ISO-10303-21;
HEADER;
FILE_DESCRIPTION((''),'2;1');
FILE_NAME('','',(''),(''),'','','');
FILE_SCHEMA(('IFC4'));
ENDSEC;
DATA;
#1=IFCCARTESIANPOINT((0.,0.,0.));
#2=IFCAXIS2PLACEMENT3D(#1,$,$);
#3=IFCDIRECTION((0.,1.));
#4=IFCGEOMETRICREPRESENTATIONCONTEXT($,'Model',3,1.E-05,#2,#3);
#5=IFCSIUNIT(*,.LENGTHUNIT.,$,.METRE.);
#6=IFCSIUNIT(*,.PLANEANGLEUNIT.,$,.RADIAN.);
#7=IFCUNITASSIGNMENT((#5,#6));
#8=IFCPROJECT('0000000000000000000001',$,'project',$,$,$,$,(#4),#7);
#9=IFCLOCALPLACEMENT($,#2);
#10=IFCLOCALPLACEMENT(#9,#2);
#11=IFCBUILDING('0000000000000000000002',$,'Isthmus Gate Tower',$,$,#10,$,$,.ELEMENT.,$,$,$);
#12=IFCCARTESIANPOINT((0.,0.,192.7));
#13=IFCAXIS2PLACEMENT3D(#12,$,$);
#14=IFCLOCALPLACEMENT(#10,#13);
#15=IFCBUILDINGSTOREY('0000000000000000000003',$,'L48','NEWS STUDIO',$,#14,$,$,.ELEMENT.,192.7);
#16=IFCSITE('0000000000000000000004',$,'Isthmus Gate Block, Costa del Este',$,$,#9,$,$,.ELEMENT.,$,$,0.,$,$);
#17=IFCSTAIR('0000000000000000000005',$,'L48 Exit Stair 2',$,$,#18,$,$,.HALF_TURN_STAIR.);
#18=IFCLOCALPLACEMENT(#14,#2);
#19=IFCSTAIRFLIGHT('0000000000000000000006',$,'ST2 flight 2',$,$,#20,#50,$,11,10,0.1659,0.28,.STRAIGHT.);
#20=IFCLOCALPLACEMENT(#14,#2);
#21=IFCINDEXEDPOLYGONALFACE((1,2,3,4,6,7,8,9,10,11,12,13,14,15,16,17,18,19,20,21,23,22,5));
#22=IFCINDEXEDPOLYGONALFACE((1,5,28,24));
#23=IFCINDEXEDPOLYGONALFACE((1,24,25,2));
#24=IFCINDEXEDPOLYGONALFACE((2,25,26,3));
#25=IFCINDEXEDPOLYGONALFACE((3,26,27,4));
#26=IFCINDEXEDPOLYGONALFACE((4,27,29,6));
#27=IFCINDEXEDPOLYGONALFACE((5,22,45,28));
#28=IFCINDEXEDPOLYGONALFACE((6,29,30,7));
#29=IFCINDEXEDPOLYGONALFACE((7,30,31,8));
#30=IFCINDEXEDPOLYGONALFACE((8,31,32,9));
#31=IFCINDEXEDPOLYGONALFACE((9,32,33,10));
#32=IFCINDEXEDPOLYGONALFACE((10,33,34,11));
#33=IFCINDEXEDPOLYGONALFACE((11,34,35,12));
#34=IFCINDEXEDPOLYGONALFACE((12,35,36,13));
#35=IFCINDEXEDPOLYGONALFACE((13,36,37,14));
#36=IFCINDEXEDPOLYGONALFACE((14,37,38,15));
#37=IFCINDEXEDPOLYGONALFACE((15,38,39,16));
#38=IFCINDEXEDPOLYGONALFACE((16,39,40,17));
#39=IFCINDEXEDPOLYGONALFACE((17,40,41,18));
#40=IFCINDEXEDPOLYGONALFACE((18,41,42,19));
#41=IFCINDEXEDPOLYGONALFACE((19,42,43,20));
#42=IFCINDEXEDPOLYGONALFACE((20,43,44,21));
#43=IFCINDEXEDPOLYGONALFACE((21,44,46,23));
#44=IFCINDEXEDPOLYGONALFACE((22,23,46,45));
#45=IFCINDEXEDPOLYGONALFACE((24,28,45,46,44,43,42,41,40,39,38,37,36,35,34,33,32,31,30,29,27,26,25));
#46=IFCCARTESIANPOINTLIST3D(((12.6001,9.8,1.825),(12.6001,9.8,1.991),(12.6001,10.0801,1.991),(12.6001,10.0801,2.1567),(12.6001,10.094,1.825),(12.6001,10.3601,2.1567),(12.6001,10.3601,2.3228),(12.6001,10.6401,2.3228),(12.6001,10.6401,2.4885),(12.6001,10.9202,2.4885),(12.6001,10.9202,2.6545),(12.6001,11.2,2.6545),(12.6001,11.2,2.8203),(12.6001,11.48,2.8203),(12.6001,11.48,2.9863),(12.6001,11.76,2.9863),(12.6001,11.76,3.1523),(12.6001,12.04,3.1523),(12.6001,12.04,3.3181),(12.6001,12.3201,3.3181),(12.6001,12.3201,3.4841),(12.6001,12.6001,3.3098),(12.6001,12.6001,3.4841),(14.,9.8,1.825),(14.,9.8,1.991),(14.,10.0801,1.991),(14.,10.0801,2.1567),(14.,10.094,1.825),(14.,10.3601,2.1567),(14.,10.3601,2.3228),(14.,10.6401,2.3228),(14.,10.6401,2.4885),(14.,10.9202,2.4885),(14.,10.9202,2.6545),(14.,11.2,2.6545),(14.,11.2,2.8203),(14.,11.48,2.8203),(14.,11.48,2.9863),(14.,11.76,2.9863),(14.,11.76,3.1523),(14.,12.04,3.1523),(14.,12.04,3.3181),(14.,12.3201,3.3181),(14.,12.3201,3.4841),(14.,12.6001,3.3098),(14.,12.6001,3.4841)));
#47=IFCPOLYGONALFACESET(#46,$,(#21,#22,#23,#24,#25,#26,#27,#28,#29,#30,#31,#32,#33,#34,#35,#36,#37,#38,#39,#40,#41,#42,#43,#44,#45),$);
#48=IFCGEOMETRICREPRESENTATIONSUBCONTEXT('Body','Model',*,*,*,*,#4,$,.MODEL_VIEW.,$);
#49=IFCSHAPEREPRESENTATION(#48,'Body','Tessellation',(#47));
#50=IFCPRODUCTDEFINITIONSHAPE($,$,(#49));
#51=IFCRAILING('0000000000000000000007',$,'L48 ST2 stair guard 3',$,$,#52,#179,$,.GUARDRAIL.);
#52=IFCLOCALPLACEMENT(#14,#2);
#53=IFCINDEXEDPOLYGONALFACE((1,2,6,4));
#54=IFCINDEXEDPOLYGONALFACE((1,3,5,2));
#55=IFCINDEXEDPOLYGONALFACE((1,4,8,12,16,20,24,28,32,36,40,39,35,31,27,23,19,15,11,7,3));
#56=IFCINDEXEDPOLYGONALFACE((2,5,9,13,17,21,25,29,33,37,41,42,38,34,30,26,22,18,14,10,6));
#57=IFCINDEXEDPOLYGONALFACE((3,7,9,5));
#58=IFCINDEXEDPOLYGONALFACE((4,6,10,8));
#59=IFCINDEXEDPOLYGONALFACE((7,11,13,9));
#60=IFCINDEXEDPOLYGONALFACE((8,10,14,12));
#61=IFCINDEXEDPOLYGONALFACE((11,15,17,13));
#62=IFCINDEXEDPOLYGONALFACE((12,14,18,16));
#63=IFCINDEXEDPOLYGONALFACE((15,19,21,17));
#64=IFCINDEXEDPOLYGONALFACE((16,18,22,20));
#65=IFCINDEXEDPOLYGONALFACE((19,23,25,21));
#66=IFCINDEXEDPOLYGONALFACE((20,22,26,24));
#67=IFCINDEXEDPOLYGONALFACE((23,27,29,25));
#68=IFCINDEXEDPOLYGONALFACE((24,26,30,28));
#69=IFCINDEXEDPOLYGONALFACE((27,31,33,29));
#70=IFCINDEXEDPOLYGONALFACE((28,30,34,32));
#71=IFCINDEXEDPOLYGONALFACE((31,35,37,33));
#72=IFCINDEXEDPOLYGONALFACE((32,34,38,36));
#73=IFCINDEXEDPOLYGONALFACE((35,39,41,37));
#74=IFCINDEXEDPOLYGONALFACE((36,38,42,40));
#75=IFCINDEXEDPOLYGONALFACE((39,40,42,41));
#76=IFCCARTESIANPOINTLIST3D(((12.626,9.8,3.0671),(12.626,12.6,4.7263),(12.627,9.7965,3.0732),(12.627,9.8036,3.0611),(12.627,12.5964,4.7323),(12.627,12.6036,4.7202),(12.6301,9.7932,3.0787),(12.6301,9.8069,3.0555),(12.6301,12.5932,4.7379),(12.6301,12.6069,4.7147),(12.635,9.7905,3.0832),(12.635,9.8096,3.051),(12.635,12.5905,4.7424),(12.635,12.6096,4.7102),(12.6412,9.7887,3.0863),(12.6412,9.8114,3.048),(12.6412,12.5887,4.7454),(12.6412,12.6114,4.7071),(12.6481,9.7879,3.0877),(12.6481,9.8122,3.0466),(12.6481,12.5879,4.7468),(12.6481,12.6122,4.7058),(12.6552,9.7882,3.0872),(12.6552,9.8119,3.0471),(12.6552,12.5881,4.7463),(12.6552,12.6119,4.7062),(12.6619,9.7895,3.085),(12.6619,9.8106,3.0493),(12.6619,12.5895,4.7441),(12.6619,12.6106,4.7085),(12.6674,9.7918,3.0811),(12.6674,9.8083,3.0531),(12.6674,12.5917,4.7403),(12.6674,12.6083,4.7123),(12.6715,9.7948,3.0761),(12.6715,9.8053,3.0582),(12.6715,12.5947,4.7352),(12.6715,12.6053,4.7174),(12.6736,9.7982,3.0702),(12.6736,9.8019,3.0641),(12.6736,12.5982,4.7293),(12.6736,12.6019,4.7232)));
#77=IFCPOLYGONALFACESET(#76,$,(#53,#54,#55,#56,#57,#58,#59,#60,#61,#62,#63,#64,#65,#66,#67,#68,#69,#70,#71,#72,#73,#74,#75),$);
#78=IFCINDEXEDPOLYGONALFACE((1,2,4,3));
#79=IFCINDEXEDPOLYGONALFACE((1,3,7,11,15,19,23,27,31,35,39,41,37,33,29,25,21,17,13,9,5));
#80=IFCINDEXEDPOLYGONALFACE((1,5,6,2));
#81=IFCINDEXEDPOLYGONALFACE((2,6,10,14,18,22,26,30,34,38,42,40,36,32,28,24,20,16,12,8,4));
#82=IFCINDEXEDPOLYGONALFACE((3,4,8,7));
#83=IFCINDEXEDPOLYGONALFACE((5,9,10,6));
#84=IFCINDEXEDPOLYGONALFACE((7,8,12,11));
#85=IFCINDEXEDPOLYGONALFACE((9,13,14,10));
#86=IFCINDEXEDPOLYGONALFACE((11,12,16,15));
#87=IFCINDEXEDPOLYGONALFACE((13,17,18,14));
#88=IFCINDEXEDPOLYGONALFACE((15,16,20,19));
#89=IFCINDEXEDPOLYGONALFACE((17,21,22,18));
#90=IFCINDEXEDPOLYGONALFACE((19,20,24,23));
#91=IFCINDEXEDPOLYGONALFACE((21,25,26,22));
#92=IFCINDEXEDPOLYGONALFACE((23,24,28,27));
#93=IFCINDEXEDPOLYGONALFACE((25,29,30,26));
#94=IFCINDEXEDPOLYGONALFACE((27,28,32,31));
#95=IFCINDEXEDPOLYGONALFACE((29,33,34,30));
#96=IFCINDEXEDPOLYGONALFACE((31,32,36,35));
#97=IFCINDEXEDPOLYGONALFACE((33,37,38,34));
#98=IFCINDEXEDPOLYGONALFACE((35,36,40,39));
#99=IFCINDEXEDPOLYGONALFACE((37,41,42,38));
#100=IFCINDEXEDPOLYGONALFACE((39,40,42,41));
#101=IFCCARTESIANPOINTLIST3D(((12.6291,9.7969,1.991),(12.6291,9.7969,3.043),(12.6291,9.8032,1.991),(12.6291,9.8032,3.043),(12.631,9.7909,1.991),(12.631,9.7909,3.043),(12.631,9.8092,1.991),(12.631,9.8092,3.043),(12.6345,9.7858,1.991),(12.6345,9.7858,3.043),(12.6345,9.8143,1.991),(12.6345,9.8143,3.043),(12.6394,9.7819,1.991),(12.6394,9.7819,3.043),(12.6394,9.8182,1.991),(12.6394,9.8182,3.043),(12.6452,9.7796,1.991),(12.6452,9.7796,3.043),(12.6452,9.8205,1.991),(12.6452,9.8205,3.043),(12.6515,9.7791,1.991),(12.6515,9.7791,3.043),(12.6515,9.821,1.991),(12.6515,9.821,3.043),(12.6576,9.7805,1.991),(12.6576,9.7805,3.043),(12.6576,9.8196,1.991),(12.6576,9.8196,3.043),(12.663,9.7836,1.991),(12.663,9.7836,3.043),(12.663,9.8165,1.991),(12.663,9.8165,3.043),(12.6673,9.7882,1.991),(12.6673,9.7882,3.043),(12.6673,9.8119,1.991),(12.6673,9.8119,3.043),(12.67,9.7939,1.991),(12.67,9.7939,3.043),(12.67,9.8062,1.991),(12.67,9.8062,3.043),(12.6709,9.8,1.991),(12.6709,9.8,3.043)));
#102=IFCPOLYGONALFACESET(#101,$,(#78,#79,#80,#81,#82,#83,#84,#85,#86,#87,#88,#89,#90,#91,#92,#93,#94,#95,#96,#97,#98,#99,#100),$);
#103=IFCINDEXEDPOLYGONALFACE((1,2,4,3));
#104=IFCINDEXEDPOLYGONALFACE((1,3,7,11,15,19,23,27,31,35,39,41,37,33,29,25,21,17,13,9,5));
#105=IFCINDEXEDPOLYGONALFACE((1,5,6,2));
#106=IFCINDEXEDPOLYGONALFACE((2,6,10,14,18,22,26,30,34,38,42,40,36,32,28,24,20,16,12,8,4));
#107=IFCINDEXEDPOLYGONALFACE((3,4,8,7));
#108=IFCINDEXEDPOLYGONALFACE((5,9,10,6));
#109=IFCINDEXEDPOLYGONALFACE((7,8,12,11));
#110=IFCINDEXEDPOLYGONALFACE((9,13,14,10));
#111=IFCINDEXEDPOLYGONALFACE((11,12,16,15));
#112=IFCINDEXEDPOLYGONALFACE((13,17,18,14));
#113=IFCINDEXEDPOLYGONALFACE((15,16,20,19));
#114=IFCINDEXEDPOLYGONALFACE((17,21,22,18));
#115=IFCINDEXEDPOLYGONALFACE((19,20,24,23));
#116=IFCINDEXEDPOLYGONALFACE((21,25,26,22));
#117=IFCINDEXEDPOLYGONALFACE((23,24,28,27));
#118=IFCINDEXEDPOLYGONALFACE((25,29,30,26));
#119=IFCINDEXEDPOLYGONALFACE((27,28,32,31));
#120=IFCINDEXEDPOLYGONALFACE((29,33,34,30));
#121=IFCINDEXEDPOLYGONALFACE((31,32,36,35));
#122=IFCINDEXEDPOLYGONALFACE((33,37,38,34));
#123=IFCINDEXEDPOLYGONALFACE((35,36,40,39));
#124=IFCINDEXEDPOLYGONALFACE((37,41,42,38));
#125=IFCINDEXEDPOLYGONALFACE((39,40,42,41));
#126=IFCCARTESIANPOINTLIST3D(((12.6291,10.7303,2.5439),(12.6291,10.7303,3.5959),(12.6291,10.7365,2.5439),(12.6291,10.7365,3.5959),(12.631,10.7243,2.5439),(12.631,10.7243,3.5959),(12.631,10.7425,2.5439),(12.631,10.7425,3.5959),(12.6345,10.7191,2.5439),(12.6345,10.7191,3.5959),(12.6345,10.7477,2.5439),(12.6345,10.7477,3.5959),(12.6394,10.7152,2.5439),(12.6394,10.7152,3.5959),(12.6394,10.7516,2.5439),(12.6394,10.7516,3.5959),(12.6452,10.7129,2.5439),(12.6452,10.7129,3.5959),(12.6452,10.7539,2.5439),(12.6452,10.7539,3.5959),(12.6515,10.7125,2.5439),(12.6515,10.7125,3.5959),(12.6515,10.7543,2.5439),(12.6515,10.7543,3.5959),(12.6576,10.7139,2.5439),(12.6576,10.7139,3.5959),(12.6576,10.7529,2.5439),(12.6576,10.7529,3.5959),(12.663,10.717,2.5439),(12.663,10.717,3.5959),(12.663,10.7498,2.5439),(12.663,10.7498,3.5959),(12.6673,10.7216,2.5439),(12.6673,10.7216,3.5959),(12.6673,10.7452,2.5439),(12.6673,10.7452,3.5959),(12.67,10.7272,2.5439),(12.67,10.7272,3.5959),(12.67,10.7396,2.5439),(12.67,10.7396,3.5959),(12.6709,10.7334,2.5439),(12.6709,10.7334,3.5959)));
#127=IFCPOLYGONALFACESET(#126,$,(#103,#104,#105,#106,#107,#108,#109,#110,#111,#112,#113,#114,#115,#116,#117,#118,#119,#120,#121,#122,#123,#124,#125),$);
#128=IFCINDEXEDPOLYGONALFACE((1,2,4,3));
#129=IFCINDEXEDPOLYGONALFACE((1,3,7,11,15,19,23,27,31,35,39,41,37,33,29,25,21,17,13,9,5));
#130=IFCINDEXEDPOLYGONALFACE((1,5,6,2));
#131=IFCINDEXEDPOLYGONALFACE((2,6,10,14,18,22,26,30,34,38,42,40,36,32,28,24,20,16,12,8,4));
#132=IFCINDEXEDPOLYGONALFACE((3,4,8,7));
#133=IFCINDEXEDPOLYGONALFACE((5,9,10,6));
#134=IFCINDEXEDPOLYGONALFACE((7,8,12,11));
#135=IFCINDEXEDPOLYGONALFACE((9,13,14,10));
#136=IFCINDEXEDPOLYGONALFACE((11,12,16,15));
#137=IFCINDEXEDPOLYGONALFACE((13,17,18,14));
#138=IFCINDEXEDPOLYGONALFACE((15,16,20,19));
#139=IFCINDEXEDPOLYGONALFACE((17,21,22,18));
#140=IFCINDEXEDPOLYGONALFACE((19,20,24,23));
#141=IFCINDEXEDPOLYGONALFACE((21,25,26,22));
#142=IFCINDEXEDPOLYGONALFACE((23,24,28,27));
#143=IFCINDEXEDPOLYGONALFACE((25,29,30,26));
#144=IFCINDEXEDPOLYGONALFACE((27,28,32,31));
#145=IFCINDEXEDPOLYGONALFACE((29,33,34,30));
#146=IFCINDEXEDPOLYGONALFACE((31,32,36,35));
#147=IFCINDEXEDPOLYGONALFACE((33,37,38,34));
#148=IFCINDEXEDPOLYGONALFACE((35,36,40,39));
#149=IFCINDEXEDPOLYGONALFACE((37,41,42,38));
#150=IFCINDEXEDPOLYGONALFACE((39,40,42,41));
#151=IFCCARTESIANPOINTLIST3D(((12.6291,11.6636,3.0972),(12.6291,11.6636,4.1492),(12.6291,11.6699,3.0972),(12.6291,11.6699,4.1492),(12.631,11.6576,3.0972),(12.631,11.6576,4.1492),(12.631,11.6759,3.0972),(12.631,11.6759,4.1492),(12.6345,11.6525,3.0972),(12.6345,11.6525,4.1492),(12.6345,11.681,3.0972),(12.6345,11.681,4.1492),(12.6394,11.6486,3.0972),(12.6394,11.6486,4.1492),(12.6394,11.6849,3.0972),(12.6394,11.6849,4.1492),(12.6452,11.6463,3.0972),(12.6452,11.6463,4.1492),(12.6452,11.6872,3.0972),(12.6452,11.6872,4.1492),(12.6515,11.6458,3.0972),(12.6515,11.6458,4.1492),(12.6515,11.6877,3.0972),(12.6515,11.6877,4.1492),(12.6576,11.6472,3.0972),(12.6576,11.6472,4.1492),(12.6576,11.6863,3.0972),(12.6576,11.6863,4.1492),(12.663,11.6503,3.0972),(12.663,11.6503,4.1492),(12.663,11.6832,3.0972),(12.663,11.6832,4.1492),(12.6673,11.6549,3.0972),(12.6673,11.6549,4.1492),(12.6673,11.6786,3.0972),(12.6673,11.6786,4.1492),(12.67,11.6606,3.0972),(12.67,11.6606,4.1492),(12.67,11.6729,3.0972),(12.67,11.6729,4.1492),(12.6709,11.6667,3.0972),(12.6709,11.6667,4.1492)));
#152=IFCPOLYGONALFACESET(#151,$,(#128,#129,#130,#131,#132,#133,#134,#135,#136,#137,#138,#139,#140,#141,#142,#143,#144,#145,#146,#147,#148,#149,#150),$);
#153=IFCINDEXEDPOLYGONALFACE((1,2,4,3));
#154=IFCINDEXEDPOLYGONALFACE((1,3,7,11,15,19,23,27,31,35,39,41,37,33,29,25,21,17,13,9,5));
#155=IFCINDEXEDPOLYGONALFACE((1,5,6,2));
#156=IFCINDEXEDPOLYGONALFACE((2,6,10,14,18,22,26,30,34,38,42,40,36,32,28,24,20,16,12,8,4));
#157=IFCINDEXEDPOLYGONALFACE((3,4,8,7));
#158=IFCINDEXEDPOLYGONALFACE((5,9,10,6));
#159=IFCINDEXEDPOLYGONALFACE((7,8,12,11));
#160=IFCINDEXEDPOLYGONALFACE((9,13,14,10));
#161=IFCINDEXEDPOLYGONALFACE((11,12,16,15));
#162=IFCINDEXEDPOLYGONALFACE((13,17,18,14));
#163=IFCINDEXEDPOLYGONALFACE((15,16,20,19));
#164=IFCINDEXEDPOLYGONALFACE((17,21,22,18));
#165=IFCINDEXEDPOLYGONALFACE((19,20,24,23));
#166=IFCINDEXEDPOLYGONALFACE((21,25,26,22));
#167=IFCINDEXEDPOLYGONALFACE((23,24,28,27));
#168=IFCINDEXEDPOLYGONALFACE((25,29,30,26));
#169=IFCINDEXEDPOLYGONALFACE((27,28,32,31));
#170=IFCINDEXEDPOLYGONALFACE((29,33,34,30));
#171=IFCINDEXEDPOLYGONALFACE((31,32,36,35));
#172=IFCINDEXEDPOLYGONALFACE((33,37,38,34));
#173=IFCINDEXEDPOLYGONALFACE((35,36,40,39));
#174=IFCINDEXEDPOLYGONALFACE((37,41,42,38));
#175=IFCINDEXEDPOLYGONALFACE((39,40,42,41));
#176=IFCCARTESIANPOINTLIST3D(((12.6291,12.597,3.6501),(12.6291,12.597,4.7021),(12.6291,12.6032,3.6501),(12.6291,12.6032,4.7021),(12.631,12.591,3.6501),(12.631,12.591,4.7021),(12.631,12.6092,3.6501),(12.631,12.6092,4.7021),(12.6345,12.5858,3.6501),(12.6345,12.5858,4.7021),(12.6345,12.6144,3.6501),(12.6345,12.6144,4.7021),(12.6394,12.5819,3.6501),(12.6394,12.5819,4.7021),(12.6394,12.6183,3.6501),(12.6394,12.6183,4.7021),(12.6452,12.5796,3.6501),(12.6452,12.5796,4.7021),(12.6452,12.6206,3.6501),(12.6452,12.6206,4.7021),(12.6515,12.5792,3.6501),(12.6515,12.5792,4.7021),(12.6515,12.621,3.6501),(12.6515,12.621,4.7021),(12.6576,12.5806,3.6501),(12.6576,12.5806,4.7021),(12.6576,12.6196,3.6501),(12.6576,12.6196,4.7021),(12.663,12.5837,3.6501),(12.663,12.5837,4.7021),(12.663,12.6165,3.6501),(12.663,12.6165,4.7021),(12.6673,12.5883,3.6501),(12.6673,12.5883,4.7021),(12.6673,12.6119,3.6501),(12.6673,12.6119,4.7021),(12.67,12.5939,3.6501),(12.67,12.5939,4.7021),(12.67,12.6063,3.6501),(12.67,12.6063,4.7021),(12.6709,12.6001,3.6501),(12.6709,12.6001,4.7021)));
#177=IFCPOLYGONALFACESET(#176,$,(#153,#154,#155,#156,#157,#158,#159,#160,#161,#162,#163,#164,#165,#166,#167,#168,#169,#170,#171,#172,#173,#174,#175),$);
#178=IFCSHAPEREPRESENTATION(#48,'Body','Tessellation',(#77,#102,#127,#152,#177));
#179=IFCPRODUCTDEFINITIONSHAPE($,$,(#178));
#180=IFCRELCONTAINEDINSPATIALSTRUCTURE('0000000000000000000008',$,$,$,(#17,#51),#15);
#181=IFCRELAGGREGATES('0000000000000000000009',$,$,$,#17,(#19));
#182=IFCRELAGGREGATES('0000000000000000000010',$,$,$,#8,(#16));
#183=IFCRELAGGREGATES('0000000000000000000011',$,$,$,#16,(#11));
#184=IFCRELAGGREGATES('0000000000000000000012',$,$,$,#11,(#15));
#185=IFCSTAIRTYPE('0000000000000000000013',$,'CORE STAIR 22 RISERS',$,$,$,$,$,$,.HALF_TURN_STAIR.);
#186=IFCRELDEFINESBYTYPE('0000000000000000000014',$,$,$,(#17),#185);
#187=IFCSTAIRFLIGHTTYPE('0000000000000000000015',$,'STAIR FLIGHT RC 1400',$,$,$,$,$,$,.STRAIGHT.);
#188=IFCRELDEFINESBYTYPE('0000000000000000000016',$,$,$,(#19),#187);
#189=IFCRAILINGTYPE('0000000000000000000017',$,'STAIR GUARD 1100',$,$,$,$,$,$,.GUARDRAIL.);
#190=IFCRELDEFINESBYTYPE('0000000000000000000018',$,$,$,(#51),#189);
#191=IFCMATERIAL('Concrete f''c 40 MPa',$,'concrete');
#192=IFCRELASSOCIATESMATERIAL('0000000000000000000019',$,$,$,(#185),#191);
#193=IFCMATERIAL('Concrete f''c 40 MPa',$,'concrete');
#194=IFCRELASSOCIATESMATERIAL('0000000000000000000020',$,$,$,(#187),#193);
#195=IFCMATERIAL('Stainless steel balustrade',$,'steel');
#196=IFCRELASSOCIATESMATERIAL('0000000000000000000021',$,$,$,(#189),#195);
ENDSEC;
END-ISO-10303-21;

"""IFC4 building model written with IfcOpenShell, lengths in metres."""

from ifc_helpers import new_model, si_unit, direction, frame, origin, origin_2d, place, context, subcontext, project, spatial, polyline, circle, outline, extrude, material, type_object, element, aggregate, save


model = new_model("IFC4")

# Units and contexts
model_context = context("Model", 3, precision=1e-05, world=origin(), true_north=direction((0.0, 1.0)))
body_context = subcontext(model_context, "Body", "Model", "MODEL_VIEW")
ifc_project = project(units=[si_unit("LENGTHUNIT", "METRE"), si_unit("PLANEANGLEUNIT", "RADIAN")], contexts=[model_context])

# Site, building, storey
site_placement = place(None, origin())
site = spatial("IfcSite", under=ifc_project, at=site_placement, Name="Isthmus Gate Block, Costa del Este", CompositionType="ELEMENT", RefElevation=0.0)
building_placement = place(site_placement, origin())
building = spatial("IfcBuilding", under=site, at=building_placement, Name="Isthmus Gate Tower", CompositionType="ELEMENT")
storey_placement = place(building_placement, frame((0.0, 0.0, 192.7)))
storey = spatial("IfcBuildingStorey", under=building, at=storey_placement, Name="L48", Description="NEWS STUDIO", CompositionType="ELEMENT", Elevation=192.7)

# Stair, stair flight
ifc_material_1 = material(Name="Concrete f'c 40 MPa", Category="concrete")
stair_type = type_object("IfcStairType", Name="CORE STAIR 22 RISERS", PredefinedType="HALF_TURN_STAIR", material=ifc_material_1)
stair_placement = place(storey_placement, origin())
stair = element("IfcStair", 1, at=stair_placement, inside=storey, type_object=stair_type, Name="L48 Exit Stair 2", PredefinedType="HALF_TURN_STAIR")
ifc_material_2 = material(Name="Concrete f'c 40 MPa", Category="concrete")
stair_flight_type = type_object("IfcStairFlightType", Name="STAIR FLIGHT RC 1400", PredefinedType="STRAIGHT", material=ifc_material_2)
stair_flight_placement = place(storey_placement, frame((13.3, 9.8, 1.825), z_axis=(0.0, 0.0, 1.0), x_axis=(0.0, 1.0, 0.0)))
stair_flight = element("IfcStairFlight", 2, at=stair_flight_placement, type_object=stair_flight_type, Name="ST2 flight 2", NumberOfRisers=11, NumberOfTreads=10, PredefinedType="STRAIGHT", RiserHeight=0.1659, TreadLength=0.28, context=body_context, shape_type="SweptSolid", body=[
    extrude(outline(polyline([(0.0, 0.0), (0.0, 0.166), (0.28, 0.166), (0.28, 0.3318), (0.5601, 0.3318), (0.5601, 0.4978), (0.8401, 0.4978), (0.8401, 0.6636), (1.1201, 0.6636), (1.1201, 0.8296), (1.3999, 0.8296), (1.3999, 0.9954), (1.6799, 0.9954), (1.6799, 1.1614), (1.96, 1.1614), (1.96, 1.3274), (2.24, 1.3274), (2.24, 1.4932), (2.52, 1.4932), (2.52, 1.6592), (2.8, 1.6592), (2.8, 1.825), (2.8, 1.4849), (0.2939, 0.0), (0.0, 0.0)])), frame((0.0, 0.7, 0.0), z_axis=(0.0, -1.0, 0.0), x_axis=(1.0, 0.0, 0.0)), (0.0, 0.0, 1.0), 1.3999),
])
aggregate(stair, [stair_flight])

# Railing
ifc_material_3 = material(Name="Stainless steel balustrade", Category="steel")
railing_type_1 = type_object("IfcRailingType", Name="STAIR GUARD 1100", PredefinedType="GUARDRAIL", material=ifc_material_3)
railing_1_placement = place(storey_placement, frame((12.6499, 9.8, 1.991)))
element("IfcRailing", 3, at=railing_1_placement, inside=storey, type_object=railing_type_1, Name="L48 ST2 stair guard 3", PredefinedType="GUARDRAIL", context=body_context, shape_type="SweptSolid", body=[
    extrude(circle(Radius=0.0239, at=origin_2d()), frame((0.0, 0.0, 1.0762), z_axis=(0.0, 0.860306, 0.509778), x_axis=(-1.0, 0.0, 0.0)), (0.0, 0.0, 1.0), 3.2546),
    extrude(circle(Radius=0.021, at=origin_2d()), origin(), (0.0, 0.0, 1.0), 1.052),
    extrude(circle(Radius=0.021, at=origin_2d()), frame((0.0, 0.9333, 0.553)), (0.0, 0.0, 1.0), 1.052),
    extrude(circle(Radius=0.021, at=origin_2d()), frame((0.0, 1.8667, 1.1062)), (0.0, 0.0, 1.0), 1.052),
    extrude(circle(Radius=0.021, at=origin_2d()), frame((0.0, 2.8, 1.6592)), (0.0, 0.0, 1.0), 1.052),
])

save(model, "model.ifc")
